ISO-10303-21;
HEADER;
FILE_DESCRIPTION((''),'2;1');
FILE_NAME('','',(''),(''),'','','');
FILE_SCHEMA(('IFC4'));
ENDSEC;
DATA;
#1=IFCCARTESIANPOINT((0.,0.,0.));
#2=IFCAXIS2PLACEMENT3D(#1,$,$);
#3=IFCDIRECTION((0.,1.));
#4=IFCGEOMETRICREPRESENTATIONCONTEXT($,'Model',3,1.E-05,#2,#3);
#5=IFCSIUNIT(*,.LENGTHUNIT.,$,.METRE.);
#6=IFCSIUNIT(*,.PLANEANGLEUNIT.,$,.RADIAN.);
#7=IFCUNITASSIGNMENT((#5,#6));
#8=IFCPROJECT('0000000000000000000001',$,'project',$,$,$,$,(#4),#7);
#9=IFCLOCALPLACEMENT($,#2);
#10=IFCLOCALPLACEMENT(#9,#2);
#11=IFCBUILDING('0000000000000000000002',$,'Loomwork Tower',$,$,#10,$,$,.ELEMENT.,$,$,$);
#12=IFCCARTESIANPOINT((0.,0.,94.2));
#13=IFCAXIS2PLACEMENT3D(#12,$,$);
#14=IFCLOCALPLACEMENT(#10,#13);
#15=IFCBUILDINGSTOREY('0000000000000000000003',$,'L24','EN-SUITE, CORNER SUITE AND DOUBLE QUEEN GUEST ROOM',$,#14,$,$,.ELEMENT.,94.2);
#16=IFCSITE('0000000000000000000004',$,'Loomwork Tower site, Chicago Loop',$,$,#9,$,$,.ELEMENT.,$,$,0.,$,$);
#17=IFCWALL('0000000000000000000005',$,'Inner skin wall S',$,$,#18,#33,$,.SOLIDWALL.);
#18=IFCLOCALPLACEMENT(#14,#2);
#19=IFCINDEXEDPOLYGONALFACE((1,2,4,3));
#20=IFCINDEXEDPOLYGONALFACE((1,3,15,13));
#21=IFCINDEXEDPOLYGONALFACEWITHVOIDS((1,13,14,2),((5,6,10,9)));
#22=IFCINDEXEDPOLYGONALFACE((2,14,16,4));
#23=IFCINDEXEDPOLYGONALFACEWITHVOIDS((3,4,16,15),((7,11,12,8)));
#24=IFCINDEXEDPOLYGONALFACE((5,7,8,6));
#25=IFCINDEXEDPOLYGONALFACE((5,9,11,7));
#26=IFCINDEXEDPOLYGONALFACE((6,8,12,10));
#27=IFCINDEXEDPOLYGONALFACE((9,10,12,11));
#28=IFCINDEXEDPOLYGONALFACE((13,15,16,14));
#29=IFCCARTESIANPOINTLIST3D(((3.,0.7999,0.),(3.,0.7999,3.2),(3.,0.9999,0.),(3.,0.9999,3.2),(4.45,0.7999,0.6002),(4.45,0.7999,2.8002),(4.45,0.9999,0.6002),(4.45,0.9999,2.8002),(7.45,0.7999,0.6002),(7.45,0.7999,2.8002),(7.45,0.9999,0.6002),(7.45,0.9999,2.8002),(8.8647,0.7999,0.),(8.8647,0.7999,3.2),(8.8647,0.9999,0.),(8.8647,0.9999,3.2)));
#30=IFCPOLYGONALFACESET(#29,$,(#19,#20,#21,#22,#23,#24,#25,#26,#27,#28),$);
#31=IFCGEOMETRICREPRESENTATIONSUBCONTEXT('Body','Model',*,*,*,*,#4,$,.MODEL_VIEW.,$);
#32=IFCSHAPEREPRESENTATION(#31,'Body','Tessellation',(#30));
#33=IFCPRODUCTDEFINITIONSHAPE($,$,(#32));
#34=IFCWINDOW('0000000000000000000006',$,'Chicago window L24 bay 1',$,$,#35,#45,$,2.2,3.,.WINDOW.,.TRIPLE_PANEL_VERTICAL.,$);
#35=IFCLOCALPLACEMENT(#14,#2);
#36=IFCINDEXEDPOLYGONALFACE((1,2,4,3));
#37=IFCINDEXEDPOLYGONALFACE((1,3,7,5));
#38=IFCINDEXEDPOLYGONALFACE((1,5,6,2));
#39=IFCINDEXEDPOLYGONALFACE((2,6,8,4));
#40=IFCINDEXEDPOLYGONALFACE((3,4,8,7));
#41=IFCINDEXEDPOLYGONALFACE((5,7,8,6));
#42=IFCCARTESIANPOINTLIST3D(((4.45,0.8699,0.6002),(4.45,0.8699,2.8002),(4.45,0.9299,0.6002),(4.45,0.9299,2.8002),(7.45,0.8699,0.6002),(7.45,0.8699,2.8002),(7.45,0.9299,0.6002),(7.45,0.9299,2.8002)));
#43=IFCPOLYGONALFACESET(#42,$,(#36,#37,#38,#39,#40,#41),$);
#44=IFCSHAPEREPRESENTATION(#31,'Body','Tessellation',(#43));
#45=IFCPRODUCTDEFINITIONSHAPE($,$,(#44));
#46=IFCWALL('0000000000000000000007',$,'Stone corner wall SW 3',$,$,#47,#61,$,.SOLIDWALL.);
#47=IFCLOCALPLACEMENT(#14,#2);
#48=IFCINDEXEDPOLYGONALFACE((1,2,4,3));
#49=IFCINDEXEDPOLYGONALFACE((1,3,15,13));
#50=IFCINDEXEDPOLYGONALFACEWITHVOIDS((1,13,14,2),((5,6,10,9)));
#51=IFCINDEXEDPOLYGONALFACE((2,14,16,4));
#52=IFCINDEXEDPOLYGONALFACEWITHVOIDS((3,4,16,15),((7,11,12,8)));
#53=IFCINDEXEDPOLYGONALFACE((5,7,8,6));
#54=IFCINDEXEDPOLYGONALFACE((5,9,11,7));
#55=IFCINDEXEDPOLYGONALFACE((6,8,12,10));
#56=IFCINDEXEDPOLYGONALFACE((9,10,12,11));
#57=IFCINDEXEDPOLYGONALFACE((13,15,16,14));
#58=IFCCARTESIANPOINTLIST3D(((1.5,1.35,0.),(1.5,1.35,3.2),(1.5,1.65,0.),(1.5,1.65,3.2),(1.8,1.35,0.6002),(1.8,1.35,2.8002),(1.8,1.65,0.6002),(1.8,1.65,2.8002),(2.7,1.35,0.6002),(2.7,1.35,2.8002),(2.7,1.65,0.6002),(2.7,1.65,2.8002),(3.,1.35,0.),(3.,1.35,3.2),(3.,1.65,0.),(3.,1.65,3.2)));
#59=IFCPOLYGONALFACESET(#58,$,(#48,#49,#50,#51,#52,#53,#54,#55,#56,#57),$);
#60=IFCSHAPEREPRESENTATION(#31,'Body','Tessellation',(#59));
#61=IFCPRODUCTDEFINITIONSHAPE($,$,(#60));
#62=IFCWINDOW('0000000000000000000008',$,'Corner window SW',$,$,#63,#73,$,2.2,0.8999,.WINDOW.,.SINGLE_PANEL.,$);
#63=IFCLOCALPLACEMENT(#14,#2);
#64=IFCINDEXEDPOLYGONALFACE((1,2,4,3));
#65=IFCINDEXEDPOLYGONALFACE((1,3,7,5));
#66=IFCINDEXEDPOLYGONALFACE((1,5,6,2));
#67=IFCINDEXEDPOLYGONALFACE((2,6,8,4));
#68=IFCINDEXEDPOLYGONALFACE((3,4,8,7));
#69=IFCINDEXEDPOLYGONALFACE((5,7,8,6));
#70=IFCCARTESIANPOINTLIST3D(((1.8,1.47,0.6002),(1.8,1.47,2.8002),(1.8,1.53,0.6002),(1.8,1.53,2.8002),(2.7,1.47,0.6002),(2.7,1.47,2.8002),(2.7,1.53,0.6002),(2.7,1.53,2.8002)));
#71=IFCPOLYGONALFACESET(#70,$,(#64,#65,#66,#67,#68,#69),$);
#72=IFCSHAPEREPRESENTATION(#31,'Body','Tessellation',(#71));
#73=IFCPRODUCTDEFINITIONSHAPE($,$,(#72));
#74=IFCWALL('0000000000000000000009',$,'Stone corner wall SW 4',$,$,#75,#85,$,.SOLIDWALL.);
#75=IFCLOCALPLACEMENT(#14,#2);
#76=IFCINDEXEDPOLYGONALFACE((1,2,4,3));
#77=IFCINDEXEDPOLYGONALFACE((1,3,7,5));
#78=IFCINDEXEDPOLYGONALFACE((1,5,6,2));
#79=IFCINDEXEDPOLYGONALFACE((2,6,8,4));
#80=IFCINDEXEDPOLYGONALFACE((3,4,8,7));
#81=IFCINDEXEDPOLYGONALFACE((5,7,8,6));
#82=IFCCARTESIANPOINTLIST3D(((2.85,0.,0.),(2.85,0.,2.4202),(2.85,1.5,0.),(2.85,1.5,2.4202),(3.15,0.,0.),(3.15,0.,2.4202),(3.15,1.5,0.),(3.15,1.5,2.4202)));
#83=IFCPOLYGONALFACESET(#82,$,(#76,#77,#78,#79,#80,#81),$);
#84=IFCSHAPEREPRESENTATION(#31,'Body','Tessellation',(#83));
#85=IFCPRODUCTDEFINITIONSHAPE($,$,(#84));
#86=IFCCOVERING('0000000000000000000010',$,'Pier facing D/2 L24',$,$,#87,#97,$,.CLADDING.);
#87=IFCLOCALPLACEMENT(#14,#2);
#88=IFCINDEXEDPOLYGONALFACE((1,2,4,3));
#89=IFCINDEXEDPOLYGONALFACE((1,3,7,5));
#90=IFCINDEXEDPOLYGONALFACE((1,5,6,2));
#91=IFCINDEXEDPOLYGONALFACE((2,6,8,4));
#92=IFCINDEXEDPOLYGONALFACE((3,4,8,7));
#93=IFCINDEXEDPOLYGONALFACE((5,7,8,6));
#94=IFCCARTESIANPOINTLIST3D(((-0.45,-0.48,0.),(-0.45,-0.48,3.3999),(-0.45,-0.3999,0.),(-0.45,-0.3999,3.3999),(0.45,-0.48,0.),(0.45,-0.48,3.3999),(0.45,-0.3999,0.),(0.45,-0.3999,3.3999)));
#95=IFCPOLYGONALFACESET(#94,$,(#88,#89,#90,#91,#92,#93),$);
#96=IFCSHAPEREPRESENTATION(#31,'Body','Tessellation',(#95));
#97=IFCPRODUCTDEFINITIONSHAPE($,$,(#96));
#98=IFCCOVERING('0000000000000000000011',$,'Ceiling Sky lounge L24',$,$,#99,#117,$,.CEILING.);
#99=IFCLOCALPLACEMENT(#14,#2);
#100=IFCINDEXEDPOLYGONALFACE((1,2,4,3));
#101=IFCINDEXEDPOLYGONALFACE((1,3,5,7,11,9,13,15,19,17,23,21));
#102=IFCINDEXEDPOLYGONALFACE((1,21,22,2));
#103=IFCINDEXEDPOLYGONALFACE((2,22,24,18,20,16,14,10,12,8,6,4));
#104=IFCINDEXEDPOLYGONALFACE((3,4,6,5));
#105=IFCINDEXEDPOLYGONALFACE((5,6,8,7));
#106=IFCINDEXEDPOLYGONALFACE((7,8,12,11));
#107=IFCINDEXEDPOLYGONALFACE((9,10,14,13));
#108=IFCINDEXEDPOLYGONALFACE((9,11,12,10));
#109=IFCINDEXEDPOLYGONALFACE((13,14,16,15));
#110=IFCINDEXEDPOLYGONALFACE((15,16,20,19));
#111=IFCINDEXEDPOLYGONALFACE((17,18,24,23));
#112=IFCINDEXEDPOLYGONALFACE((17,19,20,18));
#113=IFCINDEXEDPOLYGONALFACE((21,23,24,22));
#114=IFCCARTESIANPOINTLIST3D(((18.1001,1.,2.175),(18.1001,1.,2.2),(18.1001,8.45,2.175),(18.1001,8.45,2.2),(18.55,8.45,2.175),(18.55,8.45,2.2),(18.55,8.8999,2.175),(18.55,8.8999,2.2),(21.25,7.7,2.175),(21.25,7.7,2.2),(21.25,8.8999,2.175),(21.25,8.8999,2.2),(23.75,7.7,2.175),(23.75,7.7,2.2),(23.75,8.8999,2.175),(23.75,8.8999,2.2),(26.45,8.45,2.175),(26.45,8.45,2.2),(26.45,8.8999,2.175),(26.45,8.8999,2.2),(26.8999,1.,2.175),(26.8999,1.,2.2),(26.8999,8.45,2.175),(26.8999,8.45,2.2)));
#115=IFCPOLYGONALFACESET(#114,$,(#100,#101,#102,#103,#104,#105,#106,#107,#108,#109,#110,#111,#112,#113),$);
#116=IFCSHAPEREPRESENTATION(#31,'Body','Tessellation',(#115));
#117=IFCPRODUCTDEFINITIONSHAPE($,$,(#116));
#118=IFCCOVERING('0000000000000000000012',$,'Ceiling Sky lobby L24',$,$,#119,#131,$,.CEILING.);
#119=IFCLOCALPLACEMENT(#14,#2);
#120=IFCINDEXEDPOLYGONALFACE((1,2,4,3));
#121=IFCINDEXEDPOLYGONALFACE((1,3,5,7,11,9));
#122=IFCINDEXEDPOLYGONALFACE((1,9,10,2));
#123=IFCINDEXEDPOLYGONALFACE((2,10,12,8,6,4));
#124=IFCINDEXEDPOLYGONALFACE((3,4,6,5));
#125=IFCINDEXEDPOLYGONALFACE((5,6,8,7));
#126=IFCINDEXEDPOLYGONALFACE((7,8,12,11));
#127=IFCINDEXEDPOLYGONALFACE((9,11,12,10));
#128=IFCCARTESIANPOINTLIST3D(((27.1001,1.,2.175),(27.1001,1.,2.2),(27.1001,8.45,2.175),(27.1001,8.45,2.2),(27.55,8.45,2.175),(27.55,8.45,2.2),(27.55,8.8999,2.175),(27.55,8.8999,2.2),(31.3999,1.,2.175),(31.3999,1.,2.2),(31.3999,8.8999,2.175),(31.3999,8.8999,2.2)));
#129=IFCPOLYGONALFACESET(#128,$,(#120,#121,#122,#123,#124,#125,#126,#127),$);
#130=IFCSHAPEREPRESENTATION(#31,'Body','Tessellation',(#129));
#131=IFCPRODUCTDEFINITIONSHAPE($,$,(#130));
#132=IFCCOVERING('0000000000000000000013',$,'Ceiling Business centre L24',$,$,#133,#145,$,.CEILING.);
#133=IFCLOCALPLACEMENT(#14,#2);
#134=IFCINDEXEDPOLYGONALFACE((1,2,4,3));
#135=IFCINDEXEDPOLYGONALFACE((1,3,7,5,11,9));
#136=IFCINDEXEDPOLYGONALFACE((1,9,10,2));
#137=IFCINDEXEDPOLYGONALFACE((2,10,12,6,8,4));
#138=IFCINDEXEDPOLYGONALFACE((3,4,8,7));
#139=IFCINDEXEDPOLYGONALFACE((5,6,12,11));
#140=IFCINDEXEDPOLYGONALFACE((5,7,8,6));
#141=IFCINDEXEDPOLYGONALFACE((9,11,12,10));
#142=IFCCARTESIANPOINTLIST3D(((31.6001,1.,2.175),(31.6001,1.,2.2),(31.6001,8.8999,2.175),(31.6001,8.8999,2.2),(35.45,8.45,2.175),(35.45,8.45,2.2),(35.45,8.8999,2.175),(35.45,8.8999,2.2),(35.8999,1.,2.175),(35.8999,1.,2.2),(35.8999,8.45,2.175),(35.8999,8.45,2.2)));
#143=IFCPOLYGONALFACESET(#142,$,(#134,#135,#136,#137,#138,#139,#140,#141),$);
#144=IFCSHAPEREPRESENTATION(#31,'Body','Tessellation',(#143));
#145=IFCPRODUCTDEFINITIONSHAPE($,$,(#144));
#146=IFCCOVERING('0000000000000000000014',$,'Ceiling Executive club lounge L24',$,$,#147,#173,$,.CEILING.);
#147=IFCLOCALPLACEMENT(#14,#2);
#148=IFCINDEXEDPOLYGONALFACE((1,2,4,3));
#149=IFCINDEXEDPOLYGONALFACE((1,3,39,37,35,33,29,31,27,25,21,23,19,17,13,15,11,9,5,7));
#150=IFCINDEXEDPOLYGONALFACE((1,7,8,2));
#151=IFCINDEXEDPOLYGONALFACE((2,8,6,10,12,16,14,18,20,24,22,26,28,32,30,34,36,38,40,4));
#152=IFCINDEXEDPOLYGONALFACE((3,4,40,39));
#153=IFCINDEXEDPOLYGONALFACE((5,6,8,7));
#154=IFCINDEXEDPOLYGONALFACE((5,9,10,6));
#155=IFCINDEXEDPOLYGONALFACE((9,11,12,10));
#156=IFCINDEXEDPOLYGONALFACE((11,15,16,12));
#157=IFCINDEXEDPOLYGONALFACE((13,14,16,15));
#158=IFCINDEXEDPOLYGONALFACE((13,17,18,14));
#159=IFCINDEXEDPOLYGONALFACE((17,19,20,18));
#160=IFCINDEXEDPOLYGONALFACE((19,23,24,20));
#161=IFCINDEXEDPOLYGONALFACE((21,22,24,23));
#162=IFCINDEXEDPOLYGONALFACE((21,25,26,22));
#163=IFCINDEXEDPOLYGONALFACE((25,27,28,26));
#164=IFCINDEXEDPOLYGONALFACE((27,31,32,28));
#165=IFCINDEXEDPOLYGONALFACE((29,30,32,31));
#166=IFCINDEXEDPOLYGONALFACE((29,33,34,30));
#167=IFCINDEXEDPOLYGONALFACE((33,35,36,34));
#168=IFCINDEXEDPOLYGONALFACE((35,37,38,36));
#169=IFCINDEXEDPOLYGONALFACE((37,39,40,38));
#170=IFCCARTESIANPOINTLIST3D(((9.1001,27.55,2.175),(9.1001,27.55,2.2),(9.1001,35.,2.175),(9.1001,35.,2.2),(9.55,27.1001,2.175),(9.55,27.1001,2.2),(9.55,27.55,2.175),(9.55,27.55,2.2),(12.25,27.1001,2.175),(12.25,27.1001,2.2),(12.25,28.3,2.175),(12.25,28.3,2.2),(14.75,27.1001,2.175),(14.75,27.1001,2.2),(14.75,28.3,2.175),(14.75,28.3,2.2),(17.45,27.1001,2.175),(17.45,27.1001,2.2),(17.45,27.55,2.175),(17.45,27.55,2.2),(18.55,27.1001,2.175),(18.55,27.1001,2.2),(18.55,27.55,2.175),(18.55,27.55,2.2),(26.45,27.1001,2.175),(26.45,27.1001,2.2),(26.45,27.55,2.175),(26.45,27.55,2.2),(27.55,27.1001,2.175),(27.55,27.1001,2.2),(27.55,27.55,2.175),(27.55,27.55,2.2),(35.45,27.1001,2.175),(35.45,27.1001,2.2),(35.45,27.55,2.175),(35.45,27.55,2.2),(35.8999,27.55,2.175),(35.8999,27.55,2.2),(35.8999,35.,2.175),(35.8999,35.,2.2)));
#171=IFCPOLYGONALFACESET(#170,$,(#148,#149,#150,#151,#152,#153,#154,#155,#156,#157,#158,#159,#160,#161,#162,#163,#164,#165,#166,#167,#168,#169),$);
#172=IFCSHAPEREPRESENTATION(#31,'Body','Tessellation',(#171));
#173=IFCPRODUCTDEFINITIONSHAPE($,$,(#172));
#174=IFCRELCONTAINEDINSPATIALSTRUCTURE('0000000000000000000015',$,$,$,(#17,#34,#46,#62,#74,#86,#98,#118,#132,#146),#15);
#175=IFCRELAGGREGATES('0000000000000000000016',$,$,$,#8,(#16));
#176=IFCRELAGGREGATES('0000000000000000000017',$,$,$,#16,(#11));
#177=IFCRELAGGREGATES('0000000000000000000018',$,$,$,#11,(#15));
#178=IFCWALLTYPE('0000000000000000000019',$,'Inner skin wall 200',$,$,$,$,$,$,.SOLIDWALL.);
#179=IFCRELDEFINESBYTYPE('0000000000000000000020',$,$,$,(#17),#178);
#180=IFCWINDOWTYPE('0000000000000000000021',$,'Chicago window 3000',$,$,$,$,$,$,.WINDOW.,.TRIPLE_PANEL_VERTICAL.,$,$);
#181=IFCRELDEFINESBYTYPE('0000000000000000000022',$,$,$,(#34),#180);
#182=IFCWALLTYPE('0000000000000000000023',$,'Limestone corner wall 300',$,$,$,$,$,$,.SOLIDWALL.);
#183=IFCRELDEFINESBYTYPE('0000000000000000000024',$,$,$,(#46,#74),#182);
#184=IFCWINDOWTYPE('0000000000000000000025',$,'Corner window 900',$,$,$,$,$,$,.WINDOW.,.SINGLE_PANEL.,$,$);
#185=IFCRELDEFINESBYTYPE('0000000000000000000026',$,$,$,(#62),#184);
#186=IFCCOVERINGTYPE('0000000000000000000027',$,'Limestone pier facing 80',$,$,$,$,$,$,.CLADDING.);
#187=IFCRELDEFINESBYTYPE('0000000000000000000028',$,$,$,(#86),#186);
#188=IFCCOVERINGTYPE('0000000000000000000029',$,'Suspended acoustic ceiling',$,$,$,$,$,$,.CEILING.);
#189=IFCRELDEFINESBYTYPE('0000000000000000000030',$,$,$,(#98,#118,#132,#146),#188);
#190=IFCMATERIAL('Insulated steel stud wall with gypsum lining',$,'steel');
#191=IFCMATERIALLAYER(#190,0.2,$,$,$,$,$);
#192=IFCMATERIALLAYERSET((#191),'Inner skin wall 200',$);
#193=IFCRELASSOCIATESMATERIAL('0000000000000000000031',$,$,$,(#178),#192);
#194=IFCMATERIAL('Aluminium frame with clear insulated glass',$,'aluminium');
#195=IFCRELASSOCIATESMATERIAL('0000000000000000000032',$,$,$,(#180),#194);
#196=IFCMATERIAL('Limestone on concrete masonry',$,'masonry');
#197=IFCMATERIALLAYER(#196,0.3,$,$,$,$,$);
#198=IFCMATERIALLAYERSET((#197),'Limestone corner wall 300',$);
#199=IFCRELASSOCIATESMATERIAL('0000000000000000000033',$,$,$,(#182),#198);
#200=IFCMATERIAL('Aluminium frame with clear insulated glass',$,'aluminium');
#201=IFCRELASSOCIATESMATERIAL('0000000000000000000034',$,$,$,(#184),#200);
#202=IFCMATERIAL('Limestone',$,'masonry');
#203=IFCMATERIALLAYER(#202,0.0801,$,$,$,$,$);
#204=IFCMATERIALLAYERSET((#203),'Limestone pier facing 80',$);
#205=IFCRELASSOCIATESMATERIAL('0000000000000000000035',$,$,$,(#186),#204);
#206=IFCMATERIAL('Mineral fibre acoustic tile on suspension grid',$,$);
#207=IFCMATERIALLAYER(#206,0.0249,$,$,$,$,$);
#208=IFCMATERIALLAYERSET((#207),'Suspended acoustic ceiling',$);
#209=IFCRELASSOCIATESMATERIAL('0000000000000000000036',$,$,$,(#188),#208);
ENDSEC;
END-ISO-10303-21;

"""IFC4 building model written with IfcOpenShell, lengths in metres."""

from ifc_helpers import new_model, si_unit, direction, frame, frame_2d, origin, origin_2d, place, context, subcontext, project, spatial, polyline, rectangle, outline, extrude, material, layer, layer_set, type_object, element, fill, save


model = new_model("IFC4")

# Units and contexts
model_context = context("Model", 3, precision=1e-05, world=origin(), true_north=direction((0.0, 1.0)))
body_context = subcontext(model_context, "Body", "Model", "MODEL_VIEW")
ifc_project = project(units=[si_unit("LENGTHUNIT", "METRE"), si_unit("PLANEANGLEUNIT", "RADIAN")], contexts=[model_context])

# Site, building, storey
site_placement = place(None, origin())
site = spatial("IfcSite", under=ifc_project, at=site_placement, Name="Loomwork Tower site, Chicago Loop", CompositionType="ELEMENT", RefElevation=0.0)
building_placement = place(site_placement, origin())
building = spatial("IfcBuilding", under=site, at=building_placement, Name="Loomwork Tower", CompositionType="ELEMENT")
storey_placement = place(building_placement, frame((0.0, 0.0, 94.2)))
storey = spatial("IfcBuildingStorey", under=building, at=storey_placement, Name="L24", Description="EN-SUITE, CORNER SUITE AND DOUBLE QUEEN GUEST ROOM", CompositionType="ELEMENT", Elevation=94.2)

# Walls, openings, windows
ifc_material_1 = material(Name="Insulated steel stud wall with gypsum lining", Category="steel")
ifc_layer_1 = layer(ifc_material_1, 0.2)
ifc_layer_set_1 = layer_set([ifc_layer_1], Name="Inner skin wall 200")
wall_type_1 = type_object("IfcWallType", Name="Inner skin wall 200", PredefinedType="SOLIDWALL", material=ifc_layer_set_1)
wall_1_placement = place(storey_placement, frame((3.0, 0.8999, 0.0), z_axis=(0.0, 0.0, 1.0), x_axis=(1.0, 0.0, 0.0)))
wall_1 = element("IfcWall", 1, at=wall_1_placement, inside=storey, type_object=wall_type_1, Name="Inner skin wall S", PredefinedType="SOLIDWALL", context=body_context, shape_type="SweptSolid", body=[
    extrude(rectangle(XDim=5.8647, YDim=0.2, at=frame_2d((2.9324, 0.0))), origin(), (0.0, 0.0, 1.0), 3.2),
])
opening_1_placement = place(wall_1_placement, frame((1.45, 0.0, 0.6001)))
opening_1 = element("IfcOpeningElement", 2, at=opening_1_placement, cuts=wall_1, PredefinedType="OPENING", context=body_context, shape_type="SweptSolid", body=[
    extrude(rectangle(XDim=3.0, YDim=2.2, at=frame_2d((1.5, 1.1001))), frame((0.0, 0.1099, 0.0), z_axis=(0.0, -1.0, 0.0), x_axis=(1.0, 0.0, 0.0)), (0.0, 0.0, 1.0), 0.22),
])
ifc_material_2 = material(Name="Aluminium frame with clear insulated glass", Category="aluminium")
window_type_1 = type_object("IfcWindowType", Name="Chicago window 3000", PartitioningType="TRIPLE_PANEL_VERTICAL", PredefinedType="WINDOW", material=ifc_material_2)
window_1_placement = place(opening_1_placement, origin())
window_1 = element("IfcWindow", 3, at=window_1_placement, inside=storey, type_object=window_type_1, Name="Chicago window L24 bay 1", OverallHeight=2.2, OverallWidth=3.0, PartitioningType="TRIPLE_PANEL_VERTICAL", PredefinedType="WINDOW", context=body_context, shape_type="SweptSolid", body=[
    extrude(rectangle(XDim=3.0, YDim=2.2, at=frame_2d((1.5, 1.1001))), frame((0.0, 0.03, 0.0), z_axis=(0.0, -1.0, 0.0), x_axis=(1.0, 0.0, 0.0)), (0.0, 0.0, 1.0), 0.0601),
])
fill(opening_1, window_1)
ifc_material_3 = material(Name="Limestone on concrete masonry", Category="masonry")
ifc_layer_2 = layer(ifc_material_3, 0.3)
ifc_layer_set_2 = layer_set([ifc_layer_2], Name="Limestone corner wall 300")
wall_type_2 = type_object("IfcWallType", Name="Limestone corner wall 300", PredefinedType="SOLIDWALL", material=ifc_layer_set_2)
wall_2_placement = place(storey_placement, frame((1.5, 1.5, 0.0), z_axis=(0.0, 0.0, 1.0), x_axis=(1.0, 0.0, 0.0)))
wall_2 = element("IfcWall", 4, at=wall_2_placement, inside=storey, type_object=wall_type_2, Name="Stone corner wall SW 3", PredefinedType="SOLIDWALL", context=body_context, shape_type="SweptSolid", body=[
    extrude(rectangle(XDim=1.5, YDim=0.3, at=frame_2d((0.75, 0.0))), origin(), (0.0, 0.0, 1.0), 3.2),
])
opening_2_placement = place(wall_2_placement, frame((0.3, 0.0, 0.6001)))
opening_2 = element("IfcOpeningElement", 5, at=opening_2_placement, cuts=wall_2, PredefinedType="OPENING", context=body_context, shape_type="SweptSolid", body=[
    extrude(rectangle(XDim=0.8999, YDim=2.2, at=frame_2d((0.45, 1.1001))), frame((0.0, 0.1599, 0.0), z_axis=(0.0, -1.0, 0.0), x_axis=(1.0, 0.0, 0.0)), (0.0, 0.0, 1.0), 0.3201),
])
ifc_material_4 = material(Name="Aluminium frame with clear insulated glass", Category="aluminium")
window_type_2 = type_object("IfcWindowType", Name="Corner window 900", PartitioningType="SINGLE_PANEL", PredefinedType="WINDOW", material=ifc_material_4)
window_2_placement = place(opening_2_placement, origin())
window_2 = element("IfcWindow", 6, at=window_2_placement, inside=storey, type_object=window_type_2, Name="Corner window SW", OverallHeight=2.2, OverallWidth=0.8999, PartitioningType="SINGLE_PANEL", PredefinedType="WINDOW", context=body_context, shape_type="SweptSolid", body=[
    extrude(rectangle(XDim=0.8999, YDim=2.2, at=frame_2d((0.45, 1.1001))), frame((0.0, 0.03, 0.0), z_axis=(0.0, -1.0, 0.0), x_axis=(1.0, 0.0, 0.0)), (0.0, 0.0, 1.0), 0.0601),
])
fill(opening_2, window_2)

# Wall
wall_3_placement = place(storey_placement, frame((3.0, 1.5, 0.0), z_axis=(0.0, 0.0, 1.0), x_axis=(0.0, -1.0, 0.0)))
element("IfcWall", 7, at=wall_3_placement, inside=storey, type_object=wall_type_2, Name="Stone corner wall SW 4", PredefinedType="SOLIDWALL", context=body_context, shape_type="SweptSolid", body=[
    extrude(rectangle(XDim=1.5, YDim=0.3, at=frame_2d((0.75, 0.0))), origin(), (0.0, 0.0, 1.0), 2.4202),
])

# Coverings
ifc_material_5 = material(Name="Limestone", Category="masonry")
ifc_layer_3 = layer(ifc_material_5, 0.0801)
ifc_layer_set_3 = layer_set([ifc_layer_3], Name="Limestone pier facing 80")
covering_type_1 = type_object("IfcCoveringType", Name="Limestone pier facing 80", PredefinedType="CLADDING", material=ifc_layer_set_3)
covering_1_placement = place(storey_placement, frame((0.0, -0.4399, 0.0), z_axis=(0.0, 0.0, 1.0), x_axis=(1.0, 0.0, 0.0)))
element("IfcCovering", 8, at=covering_1_placement, inside=storey, type_object=covering_type_1, Name="Pier facing D/2 L24", PredefinedType="CLADDING", context=body_context, shape_type="SweptSolid", body=[
    extrude(rectangle(XDim=0.8999, YDim=0.0801, at=origin_2d()), origin(), (0.0, 0.0, 1.0), 3.3999),
])
ifc_material_6 = material(Name="Mineral fibre acoustic tile on suspension grid")
ifc_layer_4 = layer(ifc_material_6, 0.0249)
ifc_layer_set_4 = layer_set([ifc_layer_4], Name="Suspended acoustic ceiling")
covering_type_2 = type_object("IfcCoveringType", Name="Suspended acoustic ceiling", PredefinedType="CEILING", material=ifc_layer_set_4)
covering_2_placement = place(storey_placement, frame((0.0, 0.0, 2.175)))
element("IfcCovering", 9, at=covering_2_placement, inside=storey, type_object=covering_type_2, Name="Ceiling Sky lounge L24", PredefinedType="CEILING", context=body_context, shape_type="SweptSolid", body=[
    extrude(outline(polyline([(21.25, 7.7), (23.75, 7.7), (23.75, 8.8999), (26.45, 8.8999), (26.45, 8.45), (26.8999, 8.45), (26.8999, 1.0), (18.1001, 1.0), (18.1001, 8.45), (18.55, 8.45), (18.55, 8.8999), (21.25, 8.8999), (21.25, 7.7)])), origin(), (0.0, 0.0, 1.0), 0.0249),
])
covering_3_placement = place(storey_placement, frame((0.0, 0.0, 2.175)))
element("IfcCovering", 10, at=covering_3_placement, inside=storey, type_object=covering_type_2, Name="Ceiling Sky lobby L24", PredefinedType="CEILING", context=body_context, shape_type="SweptSolid", body=[
    extrude(outline(polyline([(31.3999, 8.8999), (31.3999, 1.0), (27.1001, 1.0), (27.1001, 8.45), (27.55, 8.45), (27.55, 8.8999), (31.3999, 8.8999)])), origin(), (0.0, 0.0, 1.0), 0.0249),
])
covering_4_placement = place(storey_placement, frame((0.0, 0.0, 2.175)))
element("IfcCovering", 11, at=covering_4_placement, inside=storey, type_object=covering_type_2, Name="Ceiling Business centre L24", PredefinedType="CEILING", context=body_context, shape_type="SweptSolid", body=[
    extrude(outline(polyline([(35.45, 8.8999), (35.45, 8.45), (35.8999, 8.45), (35.8999, 1.0), (31.6001, 1.0), (31.6001, 8.8999), (35.45, 8.8999)])), origin(), (0.0, 0.0, 1.0), 0.0249),
])
covering_5_placement = place(storey_placement, frame((0.0, 0.0, 2.175)))
element("IfcCovering", 12, at=covering_5_placement, inside=storey, type_object=covering_type_2, Name="Ceiling Executive club lounge L24", PredefinedType="CEILING", context=body_context, shape_type="SweptSolid", body=[
    extrude(outline(polyline([(35.8999, 35.0), (35.8999, 27.55), (35.45, 27.55), (35.45, 27.1001), (27.55, 27.1001), (27.55, 27.55), (26.45, 27.55), (26.45, 27.1001), (18.55, 27.1001), (18.55, 27.55), (17.45, 27.55), (17.45, 27.1001), (14.75, 27.1001), (14.75, 28.3), (12.25, 28.3), (12.25, 27.1001), (9.55, 27.1001), (9.55, 27.55), (9.1001, 27.55), (9.1001, 35.0), (35.8999, 35.0)])), origin(), (0.0, 0.0, 1.0), 0.0249),
])

save(model, "model.ifc")
